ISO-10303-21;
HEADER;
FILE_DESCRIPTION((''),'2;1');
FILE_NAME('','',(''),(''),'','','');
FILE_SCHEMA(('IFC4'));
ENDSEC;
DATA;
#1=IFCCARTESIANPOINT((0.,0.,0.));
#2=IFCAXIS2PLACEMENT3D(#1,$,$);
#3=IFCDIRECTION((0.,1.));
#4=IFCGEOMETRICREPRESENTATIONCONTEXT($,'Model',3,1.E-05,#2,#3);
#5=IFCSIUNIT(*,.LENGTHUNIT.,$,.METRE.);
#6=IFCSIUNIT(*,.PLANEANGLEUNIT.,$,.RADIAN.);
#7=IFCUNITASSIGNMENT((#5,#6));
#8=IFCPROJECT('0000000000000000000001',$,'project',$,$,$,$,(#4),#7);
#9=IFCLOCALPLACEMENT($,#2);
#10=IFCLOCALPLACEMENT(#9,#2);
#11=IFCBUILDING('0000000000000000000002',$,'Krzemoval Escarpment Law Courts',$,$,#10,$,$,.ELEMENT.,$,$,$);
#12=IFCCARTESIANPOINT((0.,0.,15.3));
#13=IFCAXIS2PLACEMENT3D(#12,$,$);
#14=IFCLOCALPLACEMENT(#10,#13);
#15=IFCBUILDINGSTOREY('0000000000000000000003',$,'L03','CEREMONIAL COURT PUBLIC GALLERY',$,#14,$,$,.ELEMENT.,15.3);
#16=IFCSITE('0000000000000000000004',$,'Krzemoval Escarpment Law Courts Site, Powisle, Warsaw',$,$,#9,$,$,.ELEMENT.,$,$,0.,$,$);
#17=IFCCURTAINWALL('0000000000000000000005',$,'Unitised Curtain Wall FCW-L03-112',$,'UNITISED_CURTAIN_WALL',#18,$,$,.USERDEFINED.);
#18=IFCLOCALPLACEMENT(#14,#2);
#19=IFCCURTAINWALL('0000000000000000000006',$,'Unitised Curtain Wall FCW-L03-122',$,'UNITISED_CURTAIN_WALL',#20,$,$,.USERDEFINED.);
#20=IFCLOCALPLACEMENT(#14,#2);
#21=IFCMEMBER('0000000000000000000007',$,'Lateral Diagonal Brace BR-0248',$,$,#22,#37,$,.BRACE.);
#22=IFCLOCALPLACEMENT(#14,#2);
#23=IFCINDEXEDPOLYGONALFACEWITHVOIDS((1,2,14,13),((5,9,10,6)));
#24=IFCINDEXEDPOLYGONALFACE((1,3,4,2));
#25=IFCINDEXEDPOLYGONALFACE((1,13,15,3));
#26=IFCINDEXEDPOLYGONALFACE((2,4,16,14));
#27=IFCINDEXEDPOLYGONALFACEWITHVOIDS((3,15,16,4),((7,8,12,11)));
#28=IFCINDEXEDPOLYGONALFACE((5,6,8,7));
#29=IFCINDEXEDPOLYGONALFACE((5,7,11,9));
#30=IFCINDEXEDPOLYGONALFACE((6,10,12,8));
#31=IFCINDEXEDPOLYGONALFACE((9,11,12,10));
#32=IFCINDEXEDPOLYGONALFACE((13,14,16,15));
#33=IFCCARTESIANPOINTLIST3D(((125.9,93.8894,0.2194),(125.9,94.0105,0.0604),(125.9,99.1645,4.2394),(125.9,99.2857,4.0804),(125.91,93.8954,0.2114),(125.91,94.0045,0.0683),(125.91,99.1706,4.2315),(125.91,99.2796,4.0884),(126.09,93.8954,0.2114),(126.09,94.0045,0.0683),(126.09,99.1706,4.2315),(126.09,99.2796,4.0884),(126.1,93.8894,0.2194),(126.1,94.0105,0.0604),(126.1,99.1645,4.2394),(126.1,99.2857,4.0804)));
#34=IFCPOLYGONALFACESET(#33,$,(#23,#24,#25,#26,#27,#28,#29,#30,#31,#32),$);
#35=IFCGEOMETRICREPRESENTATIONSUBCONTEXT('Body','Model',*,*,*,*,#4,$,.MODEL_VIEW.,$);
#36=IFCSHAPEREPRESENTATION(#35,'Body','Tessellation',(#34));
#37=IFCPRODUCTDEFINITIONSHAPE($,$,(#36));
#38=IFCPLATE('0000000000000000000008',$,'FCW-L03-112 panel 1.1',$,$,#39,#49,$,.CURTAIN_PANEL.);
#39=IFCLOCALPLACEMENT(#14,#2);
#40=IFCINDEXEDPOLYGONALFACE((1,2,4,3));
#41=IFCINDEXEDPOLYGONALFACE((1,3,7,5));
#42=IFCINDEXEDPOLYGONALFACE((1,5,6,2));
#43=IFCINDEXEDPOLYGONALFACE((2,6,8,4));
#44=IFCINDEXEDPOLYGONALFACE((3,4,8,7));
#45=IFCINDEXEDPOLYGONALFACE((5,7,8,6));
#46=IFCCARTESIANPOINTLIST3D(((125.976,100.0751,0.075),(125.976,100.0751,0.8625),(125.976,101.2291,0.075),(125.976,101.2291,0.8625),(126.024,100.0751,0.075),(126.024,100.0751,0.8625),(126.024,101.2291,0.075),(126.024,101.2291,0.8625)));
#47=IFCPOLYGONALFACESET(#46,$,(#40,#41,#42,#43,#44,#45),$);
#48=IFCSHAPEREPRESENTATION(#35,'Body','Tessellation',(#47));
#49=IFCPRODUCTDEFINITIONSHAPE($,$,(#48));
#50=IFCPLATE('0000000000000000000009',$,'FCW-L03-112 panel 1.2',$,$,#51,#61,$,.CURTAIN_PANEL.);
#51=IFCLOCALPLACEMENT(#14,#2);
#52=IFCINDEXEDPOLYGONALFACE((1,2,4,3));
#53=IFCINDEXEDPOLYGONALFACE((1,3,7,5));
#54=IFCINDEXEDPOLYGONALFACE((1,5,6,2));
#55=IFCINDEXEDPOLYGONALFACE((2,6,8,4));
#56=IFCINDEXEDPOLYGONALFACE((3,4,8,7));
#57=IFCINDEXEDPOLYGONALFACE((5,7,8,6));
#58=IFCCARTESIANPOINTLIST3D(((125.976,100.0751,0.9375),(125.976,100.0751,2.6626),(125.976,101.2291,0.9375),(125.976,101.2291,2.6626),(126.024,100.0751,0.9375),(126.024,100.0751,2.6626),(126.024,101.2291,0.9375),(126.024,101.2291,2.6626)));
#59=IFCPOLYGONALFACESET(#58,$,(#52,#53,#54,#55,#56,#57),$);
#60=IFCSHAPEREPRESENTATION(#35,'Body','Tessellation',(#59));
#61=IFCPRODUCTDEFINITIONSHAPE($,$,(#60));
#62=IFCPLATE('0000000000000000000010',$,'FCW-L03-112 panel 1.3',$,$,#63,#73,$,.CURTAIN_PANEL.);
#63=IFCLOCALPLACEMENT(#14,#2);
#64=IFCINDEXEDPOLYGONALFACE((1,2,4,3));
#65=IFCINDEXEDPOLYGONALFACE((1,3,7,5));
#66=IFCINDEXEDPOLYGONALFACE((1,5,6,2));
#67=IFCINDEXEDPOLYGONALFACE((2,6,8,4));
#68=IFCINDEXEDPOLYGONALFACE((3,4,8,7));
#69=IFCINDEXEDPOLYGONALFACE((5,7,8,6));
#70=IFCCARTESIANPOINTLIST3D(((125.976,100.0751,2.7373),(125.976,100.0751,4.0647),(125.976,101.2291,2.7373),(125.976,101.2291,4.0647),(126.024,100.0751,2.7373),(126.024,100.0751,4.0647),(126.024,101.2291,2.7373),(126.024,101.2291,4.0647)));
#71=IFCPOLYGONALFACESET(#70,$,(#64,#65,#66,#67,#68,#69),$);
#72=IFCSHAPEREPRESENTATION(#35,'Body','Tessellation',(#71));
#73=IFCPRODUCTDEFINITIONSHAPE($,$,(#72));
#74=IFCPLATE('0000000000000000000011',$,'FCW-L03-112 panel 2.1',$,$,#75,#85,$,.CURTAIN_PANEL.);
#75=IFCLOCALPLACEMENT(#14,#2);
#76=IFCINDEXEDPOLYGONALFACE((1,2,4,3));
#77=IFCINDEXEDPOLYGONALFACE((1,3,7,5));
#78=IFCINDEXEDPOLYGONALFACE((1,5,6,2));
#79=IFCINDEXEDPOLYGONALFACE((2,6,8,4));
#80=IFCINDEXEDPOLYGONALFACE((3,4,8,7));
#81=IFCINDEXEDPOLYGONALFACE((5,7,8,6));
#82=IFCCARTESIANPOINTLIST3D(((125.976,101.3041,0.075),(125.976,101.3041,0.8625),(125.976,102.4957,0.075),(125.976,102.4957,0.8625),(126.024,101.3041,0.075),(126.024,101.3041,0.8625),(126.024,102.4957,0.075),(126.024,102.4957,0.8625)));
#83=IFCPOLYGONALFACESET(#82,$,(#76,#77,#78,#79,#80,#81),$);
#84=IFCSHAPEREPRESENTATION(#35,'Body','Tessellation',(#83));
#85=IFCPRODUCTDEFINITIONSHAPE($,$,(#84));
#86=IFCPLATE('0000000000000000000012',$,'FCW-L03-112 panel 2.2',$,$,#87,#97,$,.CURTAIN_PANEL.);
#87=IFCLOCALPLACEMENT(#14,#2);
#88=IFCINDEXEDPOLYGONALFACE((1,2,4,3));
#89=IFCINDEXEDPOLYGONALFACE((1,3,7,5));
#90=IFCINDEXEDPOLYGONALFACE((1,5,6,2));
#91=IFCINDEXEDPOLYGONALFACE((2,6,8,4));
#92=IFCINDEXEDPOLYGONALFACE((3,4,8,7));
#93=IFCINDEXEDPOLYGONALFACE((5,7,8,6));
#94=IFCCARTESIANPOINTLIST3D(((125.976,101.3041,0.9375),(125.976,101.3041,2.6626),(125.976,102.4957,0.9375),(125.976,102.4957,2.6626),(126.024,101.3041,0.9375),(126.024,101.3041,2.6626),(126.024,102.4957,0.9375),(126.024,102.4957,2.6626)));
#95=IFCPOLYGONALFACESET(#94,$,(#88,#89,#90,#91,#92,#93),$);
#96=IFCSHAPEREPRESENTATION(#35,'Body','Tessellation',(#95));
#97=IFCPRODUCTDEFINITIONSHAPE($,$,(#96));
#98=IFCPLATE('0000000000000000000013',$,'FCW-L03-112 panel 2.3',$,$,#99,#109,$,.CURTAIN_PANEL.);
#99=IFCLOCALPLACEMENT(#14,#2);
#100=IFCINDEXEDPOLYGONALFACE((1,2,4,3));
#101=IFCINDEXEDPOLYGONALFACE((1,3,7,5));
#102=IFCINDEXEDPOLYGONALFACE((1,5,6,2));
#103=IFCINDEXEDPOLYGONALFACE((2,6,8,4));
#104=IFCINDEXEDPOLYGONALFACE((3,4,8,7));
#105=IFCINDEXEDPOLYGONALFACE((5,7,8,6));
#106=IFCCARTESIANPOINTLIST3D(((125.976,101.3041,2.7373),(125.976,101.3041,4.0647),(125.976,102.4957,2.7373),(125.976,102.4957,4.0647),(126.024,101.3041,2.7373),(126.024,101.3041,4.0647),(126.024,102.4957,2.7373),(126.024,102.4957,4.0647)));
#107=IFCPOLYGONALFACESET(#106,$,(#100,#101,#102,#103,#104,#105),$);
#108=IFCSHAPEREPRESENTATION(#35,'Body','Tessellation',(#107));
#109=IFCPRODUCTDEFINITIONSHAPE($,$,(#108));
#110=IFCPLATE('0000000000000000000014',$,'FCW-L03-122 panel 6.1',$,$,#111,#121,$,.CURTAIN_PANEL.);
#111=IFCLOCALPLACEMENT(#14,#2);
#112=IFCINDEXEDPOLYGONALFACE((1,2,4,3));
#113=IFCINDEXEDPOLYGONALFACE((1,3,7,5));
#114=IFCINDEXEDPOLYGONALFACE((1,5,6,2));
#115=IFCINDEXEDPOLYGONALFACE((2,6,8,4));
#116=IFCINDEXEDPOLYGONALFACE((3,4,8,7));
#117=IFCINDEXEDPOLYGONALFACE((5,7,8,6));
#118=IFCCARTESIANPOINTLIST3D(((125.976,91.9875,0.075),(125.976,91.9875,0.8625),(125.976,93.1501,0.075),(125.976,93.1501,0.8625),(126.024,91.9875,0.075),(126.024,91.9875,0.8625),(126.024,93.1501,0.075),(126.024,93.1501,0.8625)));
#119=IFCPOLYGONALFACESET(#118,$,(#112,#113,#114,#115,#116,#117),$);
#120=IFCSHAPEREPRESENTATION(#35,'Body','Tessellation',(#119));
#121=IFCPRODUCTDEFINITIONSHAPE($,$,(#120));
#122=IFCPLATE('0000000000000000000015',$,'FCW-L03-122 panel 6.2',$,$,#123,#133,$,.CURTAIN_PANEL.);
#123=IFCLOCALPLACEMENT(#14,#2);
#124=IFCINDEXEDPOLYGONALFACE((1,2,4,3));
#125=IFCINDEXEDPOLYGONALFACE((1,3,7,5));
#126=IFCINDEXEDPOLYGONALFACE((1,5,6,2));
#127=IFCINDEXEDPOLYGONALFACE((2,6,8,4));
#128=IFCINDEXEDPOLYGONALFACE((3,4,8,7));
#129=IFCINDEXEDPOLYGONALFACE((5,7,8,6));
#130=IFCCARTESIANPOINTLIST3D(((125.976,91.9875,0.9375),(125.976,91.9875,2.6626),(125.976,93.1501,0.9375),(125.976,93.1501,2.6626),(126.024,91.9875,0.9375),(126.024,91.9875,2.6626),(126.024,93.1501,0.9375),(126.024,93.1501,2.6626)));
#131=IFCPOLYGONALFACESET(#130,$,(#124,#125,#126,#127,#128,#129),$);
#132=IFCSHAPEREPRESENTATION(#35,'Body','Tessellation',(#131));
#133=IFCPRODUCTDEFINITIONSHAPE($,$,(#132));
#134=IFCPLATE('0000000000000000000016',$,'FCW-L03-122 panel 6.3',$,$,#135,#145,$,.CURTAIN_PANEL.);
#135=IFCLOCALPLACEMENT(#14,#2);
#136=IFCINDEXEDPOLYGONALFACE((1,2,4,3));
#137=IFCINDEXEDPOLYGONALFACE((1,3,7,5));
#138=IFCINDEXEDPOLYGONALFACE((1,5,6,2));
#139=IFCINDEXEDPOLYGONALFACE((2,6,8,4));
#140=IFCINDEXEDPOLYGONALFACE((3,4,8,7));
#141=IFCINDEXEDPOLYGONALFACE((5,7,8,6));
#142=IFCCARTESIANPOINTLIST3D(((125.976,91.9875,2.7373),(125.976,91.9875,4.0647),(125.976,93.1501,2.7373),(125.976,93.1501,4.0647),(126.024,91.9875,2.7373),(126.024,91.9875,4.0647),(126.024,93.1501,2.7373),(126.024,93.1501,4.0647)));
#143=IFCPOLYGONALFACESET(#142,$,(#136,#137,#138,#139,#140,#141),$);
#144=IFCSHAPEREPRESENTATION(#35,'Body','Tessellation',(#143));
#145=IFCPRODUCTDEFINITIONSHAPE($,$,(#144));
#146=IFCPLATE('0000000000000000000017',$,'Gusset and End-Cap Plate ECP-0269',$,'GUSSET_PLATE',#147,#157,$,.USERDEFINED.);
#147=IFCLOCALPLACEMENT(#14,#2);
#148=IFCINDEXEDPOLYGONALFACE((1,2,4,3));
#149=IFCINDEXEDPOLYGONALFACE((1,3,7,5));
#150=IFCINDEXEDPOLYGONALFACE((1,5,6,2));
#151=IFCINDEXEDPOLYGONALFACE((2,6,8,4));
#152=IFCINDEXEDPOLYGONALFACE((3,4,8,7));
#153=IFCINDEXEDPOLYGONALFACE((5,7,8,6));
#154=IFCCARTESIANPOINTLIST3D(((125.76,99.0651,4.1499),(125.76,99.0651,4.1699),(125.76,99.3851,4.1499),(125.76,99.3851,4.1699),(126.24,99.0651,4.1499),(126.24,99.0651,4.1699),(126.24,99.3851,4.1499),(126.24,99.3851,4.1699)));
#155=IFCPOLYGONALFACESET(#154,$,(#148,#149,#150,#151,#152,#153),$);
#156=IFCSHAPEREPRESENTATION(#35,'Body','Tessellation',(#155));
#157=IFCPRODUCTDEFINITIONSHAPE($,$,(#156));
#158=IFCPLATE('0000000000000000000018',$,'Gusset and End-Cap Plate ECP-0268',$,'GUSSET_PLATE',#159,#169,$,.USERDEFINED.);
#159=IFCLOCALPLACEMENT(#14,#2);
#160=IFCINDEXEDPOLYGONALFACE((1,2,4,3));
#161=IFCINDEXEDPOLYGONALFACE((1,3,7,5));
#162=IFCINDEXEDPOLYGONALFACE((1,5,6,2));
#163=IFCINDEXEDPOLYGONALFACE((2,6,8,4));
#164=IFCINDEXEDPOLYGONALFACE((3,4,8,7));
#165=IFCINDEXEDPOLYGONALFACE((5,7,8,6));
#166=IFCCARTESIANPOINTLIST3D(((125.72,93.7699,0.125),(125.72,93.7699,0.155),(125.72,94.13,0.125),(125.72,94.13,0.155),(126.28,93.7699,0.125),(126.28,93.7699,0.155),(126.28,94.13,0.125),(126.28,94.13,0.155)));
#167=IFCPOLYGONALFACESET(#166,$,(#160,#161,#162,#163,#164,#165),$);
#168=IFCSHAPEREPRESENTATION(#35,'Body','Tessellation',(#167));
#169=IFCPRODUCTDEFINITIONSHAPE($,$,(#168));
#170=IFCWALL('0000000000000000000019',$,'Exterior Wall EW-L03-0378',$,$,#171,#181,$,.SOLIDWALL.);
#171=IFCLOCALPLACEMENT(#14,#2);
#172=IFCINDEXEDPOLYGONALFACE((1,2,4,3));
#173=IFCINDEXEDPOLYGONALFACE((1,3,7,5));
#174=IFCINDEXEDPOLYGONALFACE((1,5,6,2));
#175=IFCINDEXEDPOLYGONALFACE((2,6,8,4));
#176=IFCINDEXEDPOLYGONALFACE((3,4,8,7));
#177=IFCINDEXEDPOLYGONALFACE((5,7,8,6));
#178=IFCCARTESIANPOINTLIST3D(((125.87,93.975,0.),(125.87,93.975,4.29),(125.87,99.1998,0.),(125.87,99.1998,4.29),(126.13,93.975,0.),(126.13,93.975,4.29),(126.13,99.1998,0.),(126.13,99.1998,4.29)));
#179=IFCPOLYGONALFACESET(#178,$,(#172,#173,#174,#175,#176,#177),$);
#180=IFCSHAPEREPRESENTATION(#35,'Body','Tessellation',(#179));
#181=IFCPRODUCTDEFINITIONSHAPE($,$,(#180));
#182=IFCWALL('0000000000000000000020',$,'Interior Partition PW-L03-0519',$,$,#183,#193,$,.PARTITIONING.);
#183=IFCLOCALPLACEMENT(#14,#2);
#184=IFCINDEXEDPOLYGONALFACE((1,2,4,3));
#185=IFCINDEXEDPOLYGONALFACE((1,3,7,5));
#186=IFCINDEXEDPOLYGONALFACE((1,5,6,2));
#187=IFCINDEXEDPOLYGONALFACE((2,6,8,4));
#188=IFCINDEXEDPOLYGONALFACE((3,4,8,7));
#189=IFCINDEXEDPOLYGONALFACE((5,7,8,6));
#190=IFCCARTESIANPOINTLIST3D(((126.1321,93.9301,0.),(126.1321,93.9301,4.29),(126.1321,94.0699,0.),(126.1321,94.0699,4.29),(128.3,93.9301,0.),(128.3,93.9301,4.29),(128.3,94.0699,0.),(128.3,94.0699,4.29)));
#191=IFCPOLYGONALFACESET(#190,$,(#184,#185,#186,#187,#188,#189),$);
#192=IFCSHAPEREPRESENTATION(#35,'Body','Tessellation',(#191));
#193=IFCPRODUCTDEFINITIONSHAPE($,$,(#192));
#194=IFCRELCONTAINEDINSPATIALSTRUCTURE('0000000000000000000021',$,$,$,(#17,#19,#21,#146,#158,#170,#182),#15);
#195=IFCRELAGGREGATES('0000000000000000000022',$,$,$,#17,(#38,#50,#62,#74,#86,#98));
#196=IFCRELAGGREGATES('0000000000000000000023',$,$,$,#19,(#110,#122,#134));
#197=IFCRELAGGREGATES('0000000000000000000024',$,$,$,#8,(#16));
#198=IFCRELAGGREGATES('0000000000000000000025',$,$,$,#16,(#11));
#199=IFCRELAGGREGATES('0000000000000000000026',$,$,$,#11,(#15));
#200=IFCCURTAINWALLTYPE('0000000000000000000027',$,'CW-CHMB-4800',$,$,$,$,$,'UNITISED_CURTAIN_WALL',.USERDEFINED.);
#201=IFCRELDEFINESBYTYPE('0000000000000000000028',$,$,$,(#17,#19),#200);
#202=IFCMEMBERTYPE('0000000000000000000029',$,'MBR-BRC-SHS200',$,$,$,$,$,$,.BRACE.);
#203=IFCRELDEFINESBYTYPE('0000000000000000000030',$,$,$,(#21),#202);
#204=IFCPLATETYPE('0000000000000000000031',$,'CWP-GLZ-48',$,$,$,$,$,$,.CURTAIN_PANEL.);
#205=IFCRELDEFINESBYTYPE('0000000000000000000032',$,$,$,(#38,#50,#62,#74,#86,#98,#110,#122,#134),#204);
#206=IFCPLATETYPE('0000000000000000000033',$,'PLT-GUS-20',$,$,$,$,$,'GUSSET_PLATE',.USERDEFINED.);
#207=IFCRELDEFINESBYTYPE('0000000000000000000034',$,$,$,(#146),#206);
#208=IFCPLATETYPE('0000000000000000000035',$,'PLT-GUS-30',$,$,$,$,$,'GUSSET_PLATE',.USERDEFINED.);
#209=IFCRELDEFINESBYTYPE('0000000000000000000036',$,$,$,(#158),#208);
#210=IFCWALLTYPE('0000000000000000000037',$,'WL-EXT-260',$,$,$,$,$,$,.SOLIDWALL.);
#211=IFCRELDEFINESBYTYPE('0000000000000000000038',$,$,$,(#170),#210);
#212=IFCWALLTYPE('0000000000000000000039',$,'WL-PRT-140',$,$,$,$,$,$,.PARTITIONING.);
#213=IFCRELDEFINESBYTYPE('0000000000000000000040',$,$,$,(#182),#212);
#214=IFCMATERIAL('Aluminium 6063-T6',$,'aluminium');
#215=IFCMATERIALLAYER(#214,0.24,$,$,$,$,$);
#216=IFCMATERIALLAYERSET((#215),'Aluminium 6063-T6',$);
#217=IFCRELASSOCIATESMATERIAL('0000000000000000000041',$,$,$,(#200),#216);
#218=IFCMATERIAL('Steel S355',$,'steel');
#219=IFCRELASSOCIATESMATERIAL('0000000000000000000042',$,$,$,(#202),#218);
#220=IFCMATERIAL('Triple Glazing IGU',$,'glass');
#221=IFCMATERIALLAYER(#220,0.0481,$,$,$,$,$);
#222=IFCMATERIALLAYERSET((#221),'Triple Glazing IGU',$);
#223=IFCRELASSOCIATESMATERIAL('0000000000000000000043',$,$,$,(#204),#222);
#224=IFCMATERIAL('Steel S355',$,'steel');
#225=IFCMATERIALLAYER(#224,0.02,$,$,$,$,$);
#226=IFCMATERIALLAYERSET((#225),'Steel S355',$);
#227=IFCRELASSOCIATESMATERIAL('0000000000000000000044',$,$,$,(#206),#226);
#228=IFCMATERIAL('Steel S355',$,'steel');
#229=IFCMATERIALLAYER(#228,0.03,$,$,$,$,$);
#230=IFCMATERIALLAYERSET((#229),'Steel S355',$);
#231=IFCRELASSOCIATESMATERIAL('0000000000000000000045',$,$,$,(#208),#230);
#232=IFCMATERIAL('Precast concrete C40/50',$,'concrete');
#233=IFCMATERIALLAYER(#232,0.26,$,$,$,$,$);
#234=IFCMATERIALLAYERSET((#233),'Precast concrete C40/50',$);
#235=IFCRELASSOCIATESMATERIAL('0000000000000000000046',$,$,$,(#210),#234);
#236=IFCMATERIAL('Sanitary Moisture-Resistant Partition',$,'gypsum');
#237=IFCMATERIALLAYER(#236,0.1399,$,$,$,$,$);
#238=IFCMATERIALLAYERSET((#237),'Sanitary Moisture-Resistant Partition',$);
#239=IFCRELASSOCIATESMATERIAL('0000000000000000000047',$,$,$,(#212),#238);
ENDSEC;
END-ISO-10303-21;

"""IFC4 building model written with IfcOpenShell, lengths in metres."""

from ifc_helpers import new_model, si_unit, direction, frame, frame_2d, origin, origin_2d, place, context, subcontext, project, spatial, rectangle, hollow_rectangle, extrude, material, layer, layer_set, material_profile, profile_set, type_object, element, aggregate, save


model = new_model("IFC4")

# Units and contexts
model_context = context("Model", 3, precision=1e-05, world=origin(), true_north=direction((0.0, 1.0)))
body_context = subcontext(model_context, "Body", "Model", "MODEL_VIEW")
ifc_project = project(units=[si_unit("LENGTHUNIT", "METRE"), si_unit("PLANEANGLEUNIT", "RADIAN")], contexts=[model_context])

# Site, building, storey
site_placement = place(None, origin())
site = spatial("IfcSite", under=ifc_project, at=site_placement, Name="Krzemoval Escarpment Law Courts Site, Powisle, Warsaw", CompositionType="ELEMENT", RefElevation=0.0)
building_placement = place(site_placement, origin())
building = spatial("IfcBuilding", under=site, at=building_placement, Name="Krzemoval Escarpment Law Courts", CompositionType="ELEMENT")
storey_placement = place(building_placement, frame((0.0, 0.0, 15.3)))
storey = spatial("IfcBuildingStorey", under=building, at=storey_placement, Name="L03", Description="CEREMONIAL COURT PUBLIC GALLERY", CompositionType="ELEMENT", Elevation=15.3)

# Curtain wall
ifc_material_1 = material(Name="Aluminium 6063-T6", Category="aluminium")
ifc_layer_1 = layer(ifc_material_1, 0.24)
ifc_layer_set_1 = layer_set([ifc_layer_1], Name="Aluminium 6063-T6")
curtain_wall_type = type_object("IfcCurtainWallType", Name="CW-CHMB-4800", ElementType="UNITISED_CURTAIN_WALL", PredefinedType="USERDEFINED", material=ifc_layer_set_1)
curtain_wall_1_placement = place(storey_placement, origin())
curtain_wall_1 = element("IfcCurtainWall", 1, at=curtain_wall_1_placement, inside=storey, type_object=curtain_wall_type, Name="Unitised Curtain Wall FCW-L03-112", ObjectType="UNITISED_CURTAIN_WALL", PredefinedType="USERDEFINED")

# Curtain wall
curtain_wall_2_placement = place(storey_placement, origin())
curtain_wall_2 = element("IfcCurtainWall", 2, at=curtain_wall_2_placement, inside=storey, type_object=curtain_wall_type, Name="Unitised Curtain Wall FCW-L03-122", ObjectType="UNITISED_CURTAIN_WALL", PredefinedType="USERDEFINED")

# Member
ifc_material_2 = material(Name="Steel S355", Category="steel")
ifc_material_profile_1 = material_profile(ifc_material_2, hollow_rectangle(XDim=0.2, YDim=0.2, WallThickness=0.01, at=origin_2d()), Name="SHS 200x200x10")
ifc_profile_set_1 = profile_set([ifc_material_profile_1], Name="Steel S355")
member_type_1 = type_object("IfcMemberType", Name="MBR-BRC-SHS200", PredefinedType="BRACE", material=ifc_profile_set_1)
member_1_placement = place(storey_placement, frame((126.0, 93.95, 0.1399), z_axis=(0.0, 0.795369, 0.606125), x_axis=(-1.0, 0.0, 0.0)))
element("IfcMember", 3, at=member_1_placement, inside=storey, type_object=member_type_1, Name="Lateral Diagonal Brace BR-0248", PredefinedType="BRACE", context=body_context, shape_type="SweptSolid", body=[
    extrude(hollow_rectangle(XDim=0.2, YDim=0.2, WallThickness=0.01, at=origin_2d()), origin(), (0.0, 0.0, 1.0), 6.6323),
])

# Plates
ifc_material_3 = material(Name="Triple Glazing IGU", Category="glass")
ifc_layer_2 = layer(ifc_material_3, 0.0481)
ifc_layer_set_2 = layer_set([ifc_layer_2], Name="Triple Glazing IGU")
plate_type_1 = type_object("IfcPlateType", Name="CWP-GLZ-48", PredefinedType="CURTAIN_PANEL", material=ifc_layer_set_2)
plate_1_placement = place(storey_placement, frame((126.0, 100.6521, 0.075), z_axis=(0.0, 0.0, 1.0), x_axis=(0.0, 1.0, 0.0)))
plate_1 = element("IfcPlate", 4, at=plate_1_placement, type_object=plate_type_1, Name="FCW-L03-112 panel 1.1", PredefinedType="CURTAIN_PANEL", context=body_context, shape_type="SweptSolid", body=[
    extrude(rectangle(XDim=1.1541, YDim=0.0481, at=origin_2d()), origin(), (0.0, 0.0, 1.0), 0.7876),
])
plate_2_placement = place(storey_placement, frame((126.0, 100.6521, 0.9375), z_axis=(0.0, 0.0, 1.0), x_axis=(0.0, 1.0, 0.0)))
plate_2 = element("IfcPlate", 5, at=plate_2_placement, type_object=plate_type_1, Name="FCW-L03-112 panel 1.2", PredefinedType="CURTAIN_PANEL", context=body_context, shape_type="SweptSolid", body=[
    extrude(rectangle(XDim=1.1541, YDim=0.0481, at=origin_2d()), origin(), (0.0, 0.0, 1.0), 1.7251),
])
plate_3_placement = place(storey_placement, frame((126.0, 100.6521, 2.7373), z_axis=(0.0, 0.0, 1.0), x_axis=(0.0, 1.0, 0.0)))
plate_3 = element("IfcPlate", 6, at=plate_3_placement, type_object=plate_type_1, Name="FCW-L03-112 panel 1.3", PredefinedType="CURTAIN_PANEL", context=body_context, shape_type="SweptSolid", body=[
    extrude(rectangle(XDim=1.1541, YDim=0.0481, at=origin_2d()), origin(), (0.0, 0.0, 1.0), 1.3274),
])
plate_4_placement = place(storey_placement, frame((126.0, 101.8999, 0.075), z_axis=(0.0, 0.0, 1.0), x_axis=(0.0, 1.0, 0.0)))
plate_4 = element("IfcPlate", 7, at=plate_4_placement, type_object=plate_type_1, Name="FCW-L03-112 panel 2.1", PredefinedType="CURTAIN_PANEL", context=body_context, shape_type="SweptSolid", body=[
    extrude(rectangle(XDim=1.1917, YDim=0.0481, at=origin_2d()), origin(), (0.0, 0.0, 1.0), 0.7876),
])
plate_5_placement = place(storey_placement, frame((126.0, 101.8999, 0.9375), z_axis=(0.0, 0.0, 1.0), x_axis=(0.0, 1.0, 0.0)))
plate_5 = element("IfcPlate", 8, at=plate_5_placement, type_object=plate_type_1, Name="FCW-L03-112 panel 2.2", PredefinedType="CURTAIN_PANEL", context=body_context, shape_type="SweptSolid", body=[
    extrude(rectangle(XDim=1.1917, YDim=0.0481, at=origin_2d()), origin(), (0.0, 0.0, 1.0), 1.7251),
])
plate_6_placement = place(storey_placement, frame((126.0, 101.8999, 2.7373), z_axis=(0.0, 0.0, 1.0), x_axis=(0.0, 1.0, 0.0)))
plate_6 = element("IfcPlate", 9, at=plate_6_placement, type_object=plate_type_1, Name="FCW-L03-112 panel 2.3", PredefinedType="CURTAIN_PANEL", context=body_context, shape_type="SweptSolid", body=[
    extrude(rectangle(XDim=1.1917, YDim=0.0481, at=origin_2d()), origin(), (0.0, 0.0, 1.0), 1.3274),
])
aggregate(curtain_wall_1, [plate_1, plate_2, plate_3, plate_4, plate_5, plate_6])
plate_7_placement = place(storey_placement, frame((126.0, 92.5688, 0.075), z_axis=(0.0, 0.0, 1.0), x_axis=(0.0, 1.0, 0.0)))
plate_7 = element("IfcPlate", 10, at=plate_7_placement, type_object=plate_type_1, Name="FCW-L03-122 panel 6.1", PredefinedType="CURTAIN_PANEL", context=body_context, shape_type="SweptSolid", body=[
    extrude(rectangle(XDim=1.1626, YDim=0.0481, at=origin_2d()), origin(), (0.0, 0.0, 1.0), 0.7876),
])
plate_8_placement = place(storey_placement, frame((126.0, 92.5688, 0.9375), z_axis=(0.0, 0.0, 1.0), x_axis=(0.0, 1.0, 0.0)))
plate_8 = element("IfcPlate", 11, at=plate_8_placement, type_object=plate_type_1, Name="FCW-L03-122 panel 6.2", PredefinedType="CURTAIN_PANEL", context=body_context, shape_type="SweptSolid", body=[
    extrude(rectangle(XDim=1.1626, YDim=0.0481, at=origin_2d()), origin(), (0.0, 0.0, 1.0), 1.7251),
])
plate_9_placement = place(storey_placement, frame((126.0, 92.5688, 2.7373), z_axis=(0.0, 0.0, 1.0), x_axis=(0.0, 1.0, 0.0)))
plate_9 = element("IfcPlate", 12, at=plate_9_placement, type_object=plate_type_1, Name="FCW-L03-122 panel 6.3", PredefinedType="CURTAIN_PANEL", context=body_context, shape_type="SweptSolid", body=[
    extrude(rectangle(XDim=1.1626, YDim=0.0481, at=origin_2d()), origin(), (0.0, 0.0, 1.0), 1.3274),
])
aggregate(curtain_wall_2, [plate_7, plate_8, plate_9])

# Plates
ifc_material_4 = material(Name="Steel S355", Category="steel")
ifc_layer_3 = layer(ifc_material_4, 0.02)
ifc_layer_set_3 = layer_set([ifc_layer_3], Name="Steel S355")
plate_type_2 = type_object("IfcPlateType", Name="PLT-GUS-20", ElementType="GUSSET_PLATE", PredefinedType="USERDEFINED", material=ifc_layer_set_3)
plate_10_placement = place(storey_placement, frame((126.0, 99.2251, 4.1499), z_axis=(0.0, 0.0, 1.0), x_axis=(1.0, 0.0, 0.0)))
element("IfcPlate", 13, at=plate_10_placement, inside=storey, type_object=plate_type_2, Name="Gusset and End-Cap Plate ECP-0269", ObjectType="GUSSET_PLATE", PredefinedType="USERDEFINED", context=body_context, shape_type="SweptSolid", body=[
    extrude(rectangle(XDim=0.48, YDim=0.3201, at=origin_2d()), origin(), (0.0, 0.0, 1.0), 0.02),
])
ifc_material_5 = material(Name="Steel S355", Category="steel")
ifc_layer_4 = layer(ifc_material_5, 0.03)
ifc_layer_set_4 = layer_set([ifc_layer_4], Name="Steel S355")
plate_type_3 = type_object("IfcPlateType", Name="PLT-GUS-30", ElementType="GUSSET_PLATE", PredefinedType="USERDEFINED", material=ifc_layer_set_4)
plate_11_placement = place(storey_placement, frame((126.0, 93.95, 0.125), z_axis=(0.0, 0.0, 1.0), x_axis=(1.0, 0.0, 0.0)))
element("IfcPlate", 14, at=plate_11_placement, inside=storey, type_object=plate_type_3, Name="Gusset and End-Cap Plate ECP-0268", ObjectType="GUSSET_PLATE", PredefinedType="USERDEFINED", context=body_context, shape_type="SweptSolid", body=[
    extrude(rectangle(XDim=0.5601, YDim=0.3601, at=origin_2d()), origin(), (0.0, 0.0, 1.0), 0.03),
])

# Walls
ifc_material_6 = material(Name="Precast concrete C40/50", Category="concrete")
ifc_layer_5 = layer(ifc_material_6, 0.26)
ifc_layer_set_5 = layer_set([ifc_layer_5], Name="Precast concrete C40/50")
wall_type_1 = type_object("IfcWallType", Name="WL-EXT-260", PredefinedType="SOLIDWALL", material=ifc_layer_set_5)
wall_1_placement = place(storey_placement, frame((126.0, 93.9751, 0.0), z_axis=(0.0, 0.0, 1.0), x_axis=(0.0, 1.0, 0.0)))
element("IfcWall", 15, at=wall_1_placement, inside=storey, type_object=wall_type_1, Name="Exterior Wall EW-L03-0378", PredefinedType="SOLIDWALL", context=body_context, shape_type="SweptSolid", body=[
    extrude(rectangle(XDim=5.2249, YDim=0.26, at=frame_2d((2.6123, 0.0))), origin(), (0.0, 0.0, 1.0), 4.29),
])
ifc_material_7 = material(Name="Sanitary Moisture-Resistant Partition", Category="gypsum")
ifc_layer_6 = layer(ifc_material_7, 0.1399)
ifc_layer_set_6 = layer_set([ifc_layer_6], Name="Sanitary Moisture-Resistant Partition")
wall_type_2 = type_object("IfcWallType", Name="WL-PRT-140", PredefinedType="PARTITIONING", material=ifc_layer_set_6)
wall_2_placement = place(storey_placement, frame((126.1321, 94.0, 0.0), z_axis=(0.0, 0.0, 1.0), x_axis=(1.0, 0.0, 0.0)))
element("IfcWall", 16, at=wall_2_placement, inside=storey, type_object=wall_type_2, Name="Interior Partition PW-L03-0519", PredefinedType="PARTITIONING", context=body_context, shape_type="SweptSolid", body=[
    extrude(rectangle(XDim=2.168, YDim=0.1399, at=frame_2d((1.084, 0.0))), origin(), (0.0, 0.0, 1.0), 4.29),
])

save(model, "model.ifc")
